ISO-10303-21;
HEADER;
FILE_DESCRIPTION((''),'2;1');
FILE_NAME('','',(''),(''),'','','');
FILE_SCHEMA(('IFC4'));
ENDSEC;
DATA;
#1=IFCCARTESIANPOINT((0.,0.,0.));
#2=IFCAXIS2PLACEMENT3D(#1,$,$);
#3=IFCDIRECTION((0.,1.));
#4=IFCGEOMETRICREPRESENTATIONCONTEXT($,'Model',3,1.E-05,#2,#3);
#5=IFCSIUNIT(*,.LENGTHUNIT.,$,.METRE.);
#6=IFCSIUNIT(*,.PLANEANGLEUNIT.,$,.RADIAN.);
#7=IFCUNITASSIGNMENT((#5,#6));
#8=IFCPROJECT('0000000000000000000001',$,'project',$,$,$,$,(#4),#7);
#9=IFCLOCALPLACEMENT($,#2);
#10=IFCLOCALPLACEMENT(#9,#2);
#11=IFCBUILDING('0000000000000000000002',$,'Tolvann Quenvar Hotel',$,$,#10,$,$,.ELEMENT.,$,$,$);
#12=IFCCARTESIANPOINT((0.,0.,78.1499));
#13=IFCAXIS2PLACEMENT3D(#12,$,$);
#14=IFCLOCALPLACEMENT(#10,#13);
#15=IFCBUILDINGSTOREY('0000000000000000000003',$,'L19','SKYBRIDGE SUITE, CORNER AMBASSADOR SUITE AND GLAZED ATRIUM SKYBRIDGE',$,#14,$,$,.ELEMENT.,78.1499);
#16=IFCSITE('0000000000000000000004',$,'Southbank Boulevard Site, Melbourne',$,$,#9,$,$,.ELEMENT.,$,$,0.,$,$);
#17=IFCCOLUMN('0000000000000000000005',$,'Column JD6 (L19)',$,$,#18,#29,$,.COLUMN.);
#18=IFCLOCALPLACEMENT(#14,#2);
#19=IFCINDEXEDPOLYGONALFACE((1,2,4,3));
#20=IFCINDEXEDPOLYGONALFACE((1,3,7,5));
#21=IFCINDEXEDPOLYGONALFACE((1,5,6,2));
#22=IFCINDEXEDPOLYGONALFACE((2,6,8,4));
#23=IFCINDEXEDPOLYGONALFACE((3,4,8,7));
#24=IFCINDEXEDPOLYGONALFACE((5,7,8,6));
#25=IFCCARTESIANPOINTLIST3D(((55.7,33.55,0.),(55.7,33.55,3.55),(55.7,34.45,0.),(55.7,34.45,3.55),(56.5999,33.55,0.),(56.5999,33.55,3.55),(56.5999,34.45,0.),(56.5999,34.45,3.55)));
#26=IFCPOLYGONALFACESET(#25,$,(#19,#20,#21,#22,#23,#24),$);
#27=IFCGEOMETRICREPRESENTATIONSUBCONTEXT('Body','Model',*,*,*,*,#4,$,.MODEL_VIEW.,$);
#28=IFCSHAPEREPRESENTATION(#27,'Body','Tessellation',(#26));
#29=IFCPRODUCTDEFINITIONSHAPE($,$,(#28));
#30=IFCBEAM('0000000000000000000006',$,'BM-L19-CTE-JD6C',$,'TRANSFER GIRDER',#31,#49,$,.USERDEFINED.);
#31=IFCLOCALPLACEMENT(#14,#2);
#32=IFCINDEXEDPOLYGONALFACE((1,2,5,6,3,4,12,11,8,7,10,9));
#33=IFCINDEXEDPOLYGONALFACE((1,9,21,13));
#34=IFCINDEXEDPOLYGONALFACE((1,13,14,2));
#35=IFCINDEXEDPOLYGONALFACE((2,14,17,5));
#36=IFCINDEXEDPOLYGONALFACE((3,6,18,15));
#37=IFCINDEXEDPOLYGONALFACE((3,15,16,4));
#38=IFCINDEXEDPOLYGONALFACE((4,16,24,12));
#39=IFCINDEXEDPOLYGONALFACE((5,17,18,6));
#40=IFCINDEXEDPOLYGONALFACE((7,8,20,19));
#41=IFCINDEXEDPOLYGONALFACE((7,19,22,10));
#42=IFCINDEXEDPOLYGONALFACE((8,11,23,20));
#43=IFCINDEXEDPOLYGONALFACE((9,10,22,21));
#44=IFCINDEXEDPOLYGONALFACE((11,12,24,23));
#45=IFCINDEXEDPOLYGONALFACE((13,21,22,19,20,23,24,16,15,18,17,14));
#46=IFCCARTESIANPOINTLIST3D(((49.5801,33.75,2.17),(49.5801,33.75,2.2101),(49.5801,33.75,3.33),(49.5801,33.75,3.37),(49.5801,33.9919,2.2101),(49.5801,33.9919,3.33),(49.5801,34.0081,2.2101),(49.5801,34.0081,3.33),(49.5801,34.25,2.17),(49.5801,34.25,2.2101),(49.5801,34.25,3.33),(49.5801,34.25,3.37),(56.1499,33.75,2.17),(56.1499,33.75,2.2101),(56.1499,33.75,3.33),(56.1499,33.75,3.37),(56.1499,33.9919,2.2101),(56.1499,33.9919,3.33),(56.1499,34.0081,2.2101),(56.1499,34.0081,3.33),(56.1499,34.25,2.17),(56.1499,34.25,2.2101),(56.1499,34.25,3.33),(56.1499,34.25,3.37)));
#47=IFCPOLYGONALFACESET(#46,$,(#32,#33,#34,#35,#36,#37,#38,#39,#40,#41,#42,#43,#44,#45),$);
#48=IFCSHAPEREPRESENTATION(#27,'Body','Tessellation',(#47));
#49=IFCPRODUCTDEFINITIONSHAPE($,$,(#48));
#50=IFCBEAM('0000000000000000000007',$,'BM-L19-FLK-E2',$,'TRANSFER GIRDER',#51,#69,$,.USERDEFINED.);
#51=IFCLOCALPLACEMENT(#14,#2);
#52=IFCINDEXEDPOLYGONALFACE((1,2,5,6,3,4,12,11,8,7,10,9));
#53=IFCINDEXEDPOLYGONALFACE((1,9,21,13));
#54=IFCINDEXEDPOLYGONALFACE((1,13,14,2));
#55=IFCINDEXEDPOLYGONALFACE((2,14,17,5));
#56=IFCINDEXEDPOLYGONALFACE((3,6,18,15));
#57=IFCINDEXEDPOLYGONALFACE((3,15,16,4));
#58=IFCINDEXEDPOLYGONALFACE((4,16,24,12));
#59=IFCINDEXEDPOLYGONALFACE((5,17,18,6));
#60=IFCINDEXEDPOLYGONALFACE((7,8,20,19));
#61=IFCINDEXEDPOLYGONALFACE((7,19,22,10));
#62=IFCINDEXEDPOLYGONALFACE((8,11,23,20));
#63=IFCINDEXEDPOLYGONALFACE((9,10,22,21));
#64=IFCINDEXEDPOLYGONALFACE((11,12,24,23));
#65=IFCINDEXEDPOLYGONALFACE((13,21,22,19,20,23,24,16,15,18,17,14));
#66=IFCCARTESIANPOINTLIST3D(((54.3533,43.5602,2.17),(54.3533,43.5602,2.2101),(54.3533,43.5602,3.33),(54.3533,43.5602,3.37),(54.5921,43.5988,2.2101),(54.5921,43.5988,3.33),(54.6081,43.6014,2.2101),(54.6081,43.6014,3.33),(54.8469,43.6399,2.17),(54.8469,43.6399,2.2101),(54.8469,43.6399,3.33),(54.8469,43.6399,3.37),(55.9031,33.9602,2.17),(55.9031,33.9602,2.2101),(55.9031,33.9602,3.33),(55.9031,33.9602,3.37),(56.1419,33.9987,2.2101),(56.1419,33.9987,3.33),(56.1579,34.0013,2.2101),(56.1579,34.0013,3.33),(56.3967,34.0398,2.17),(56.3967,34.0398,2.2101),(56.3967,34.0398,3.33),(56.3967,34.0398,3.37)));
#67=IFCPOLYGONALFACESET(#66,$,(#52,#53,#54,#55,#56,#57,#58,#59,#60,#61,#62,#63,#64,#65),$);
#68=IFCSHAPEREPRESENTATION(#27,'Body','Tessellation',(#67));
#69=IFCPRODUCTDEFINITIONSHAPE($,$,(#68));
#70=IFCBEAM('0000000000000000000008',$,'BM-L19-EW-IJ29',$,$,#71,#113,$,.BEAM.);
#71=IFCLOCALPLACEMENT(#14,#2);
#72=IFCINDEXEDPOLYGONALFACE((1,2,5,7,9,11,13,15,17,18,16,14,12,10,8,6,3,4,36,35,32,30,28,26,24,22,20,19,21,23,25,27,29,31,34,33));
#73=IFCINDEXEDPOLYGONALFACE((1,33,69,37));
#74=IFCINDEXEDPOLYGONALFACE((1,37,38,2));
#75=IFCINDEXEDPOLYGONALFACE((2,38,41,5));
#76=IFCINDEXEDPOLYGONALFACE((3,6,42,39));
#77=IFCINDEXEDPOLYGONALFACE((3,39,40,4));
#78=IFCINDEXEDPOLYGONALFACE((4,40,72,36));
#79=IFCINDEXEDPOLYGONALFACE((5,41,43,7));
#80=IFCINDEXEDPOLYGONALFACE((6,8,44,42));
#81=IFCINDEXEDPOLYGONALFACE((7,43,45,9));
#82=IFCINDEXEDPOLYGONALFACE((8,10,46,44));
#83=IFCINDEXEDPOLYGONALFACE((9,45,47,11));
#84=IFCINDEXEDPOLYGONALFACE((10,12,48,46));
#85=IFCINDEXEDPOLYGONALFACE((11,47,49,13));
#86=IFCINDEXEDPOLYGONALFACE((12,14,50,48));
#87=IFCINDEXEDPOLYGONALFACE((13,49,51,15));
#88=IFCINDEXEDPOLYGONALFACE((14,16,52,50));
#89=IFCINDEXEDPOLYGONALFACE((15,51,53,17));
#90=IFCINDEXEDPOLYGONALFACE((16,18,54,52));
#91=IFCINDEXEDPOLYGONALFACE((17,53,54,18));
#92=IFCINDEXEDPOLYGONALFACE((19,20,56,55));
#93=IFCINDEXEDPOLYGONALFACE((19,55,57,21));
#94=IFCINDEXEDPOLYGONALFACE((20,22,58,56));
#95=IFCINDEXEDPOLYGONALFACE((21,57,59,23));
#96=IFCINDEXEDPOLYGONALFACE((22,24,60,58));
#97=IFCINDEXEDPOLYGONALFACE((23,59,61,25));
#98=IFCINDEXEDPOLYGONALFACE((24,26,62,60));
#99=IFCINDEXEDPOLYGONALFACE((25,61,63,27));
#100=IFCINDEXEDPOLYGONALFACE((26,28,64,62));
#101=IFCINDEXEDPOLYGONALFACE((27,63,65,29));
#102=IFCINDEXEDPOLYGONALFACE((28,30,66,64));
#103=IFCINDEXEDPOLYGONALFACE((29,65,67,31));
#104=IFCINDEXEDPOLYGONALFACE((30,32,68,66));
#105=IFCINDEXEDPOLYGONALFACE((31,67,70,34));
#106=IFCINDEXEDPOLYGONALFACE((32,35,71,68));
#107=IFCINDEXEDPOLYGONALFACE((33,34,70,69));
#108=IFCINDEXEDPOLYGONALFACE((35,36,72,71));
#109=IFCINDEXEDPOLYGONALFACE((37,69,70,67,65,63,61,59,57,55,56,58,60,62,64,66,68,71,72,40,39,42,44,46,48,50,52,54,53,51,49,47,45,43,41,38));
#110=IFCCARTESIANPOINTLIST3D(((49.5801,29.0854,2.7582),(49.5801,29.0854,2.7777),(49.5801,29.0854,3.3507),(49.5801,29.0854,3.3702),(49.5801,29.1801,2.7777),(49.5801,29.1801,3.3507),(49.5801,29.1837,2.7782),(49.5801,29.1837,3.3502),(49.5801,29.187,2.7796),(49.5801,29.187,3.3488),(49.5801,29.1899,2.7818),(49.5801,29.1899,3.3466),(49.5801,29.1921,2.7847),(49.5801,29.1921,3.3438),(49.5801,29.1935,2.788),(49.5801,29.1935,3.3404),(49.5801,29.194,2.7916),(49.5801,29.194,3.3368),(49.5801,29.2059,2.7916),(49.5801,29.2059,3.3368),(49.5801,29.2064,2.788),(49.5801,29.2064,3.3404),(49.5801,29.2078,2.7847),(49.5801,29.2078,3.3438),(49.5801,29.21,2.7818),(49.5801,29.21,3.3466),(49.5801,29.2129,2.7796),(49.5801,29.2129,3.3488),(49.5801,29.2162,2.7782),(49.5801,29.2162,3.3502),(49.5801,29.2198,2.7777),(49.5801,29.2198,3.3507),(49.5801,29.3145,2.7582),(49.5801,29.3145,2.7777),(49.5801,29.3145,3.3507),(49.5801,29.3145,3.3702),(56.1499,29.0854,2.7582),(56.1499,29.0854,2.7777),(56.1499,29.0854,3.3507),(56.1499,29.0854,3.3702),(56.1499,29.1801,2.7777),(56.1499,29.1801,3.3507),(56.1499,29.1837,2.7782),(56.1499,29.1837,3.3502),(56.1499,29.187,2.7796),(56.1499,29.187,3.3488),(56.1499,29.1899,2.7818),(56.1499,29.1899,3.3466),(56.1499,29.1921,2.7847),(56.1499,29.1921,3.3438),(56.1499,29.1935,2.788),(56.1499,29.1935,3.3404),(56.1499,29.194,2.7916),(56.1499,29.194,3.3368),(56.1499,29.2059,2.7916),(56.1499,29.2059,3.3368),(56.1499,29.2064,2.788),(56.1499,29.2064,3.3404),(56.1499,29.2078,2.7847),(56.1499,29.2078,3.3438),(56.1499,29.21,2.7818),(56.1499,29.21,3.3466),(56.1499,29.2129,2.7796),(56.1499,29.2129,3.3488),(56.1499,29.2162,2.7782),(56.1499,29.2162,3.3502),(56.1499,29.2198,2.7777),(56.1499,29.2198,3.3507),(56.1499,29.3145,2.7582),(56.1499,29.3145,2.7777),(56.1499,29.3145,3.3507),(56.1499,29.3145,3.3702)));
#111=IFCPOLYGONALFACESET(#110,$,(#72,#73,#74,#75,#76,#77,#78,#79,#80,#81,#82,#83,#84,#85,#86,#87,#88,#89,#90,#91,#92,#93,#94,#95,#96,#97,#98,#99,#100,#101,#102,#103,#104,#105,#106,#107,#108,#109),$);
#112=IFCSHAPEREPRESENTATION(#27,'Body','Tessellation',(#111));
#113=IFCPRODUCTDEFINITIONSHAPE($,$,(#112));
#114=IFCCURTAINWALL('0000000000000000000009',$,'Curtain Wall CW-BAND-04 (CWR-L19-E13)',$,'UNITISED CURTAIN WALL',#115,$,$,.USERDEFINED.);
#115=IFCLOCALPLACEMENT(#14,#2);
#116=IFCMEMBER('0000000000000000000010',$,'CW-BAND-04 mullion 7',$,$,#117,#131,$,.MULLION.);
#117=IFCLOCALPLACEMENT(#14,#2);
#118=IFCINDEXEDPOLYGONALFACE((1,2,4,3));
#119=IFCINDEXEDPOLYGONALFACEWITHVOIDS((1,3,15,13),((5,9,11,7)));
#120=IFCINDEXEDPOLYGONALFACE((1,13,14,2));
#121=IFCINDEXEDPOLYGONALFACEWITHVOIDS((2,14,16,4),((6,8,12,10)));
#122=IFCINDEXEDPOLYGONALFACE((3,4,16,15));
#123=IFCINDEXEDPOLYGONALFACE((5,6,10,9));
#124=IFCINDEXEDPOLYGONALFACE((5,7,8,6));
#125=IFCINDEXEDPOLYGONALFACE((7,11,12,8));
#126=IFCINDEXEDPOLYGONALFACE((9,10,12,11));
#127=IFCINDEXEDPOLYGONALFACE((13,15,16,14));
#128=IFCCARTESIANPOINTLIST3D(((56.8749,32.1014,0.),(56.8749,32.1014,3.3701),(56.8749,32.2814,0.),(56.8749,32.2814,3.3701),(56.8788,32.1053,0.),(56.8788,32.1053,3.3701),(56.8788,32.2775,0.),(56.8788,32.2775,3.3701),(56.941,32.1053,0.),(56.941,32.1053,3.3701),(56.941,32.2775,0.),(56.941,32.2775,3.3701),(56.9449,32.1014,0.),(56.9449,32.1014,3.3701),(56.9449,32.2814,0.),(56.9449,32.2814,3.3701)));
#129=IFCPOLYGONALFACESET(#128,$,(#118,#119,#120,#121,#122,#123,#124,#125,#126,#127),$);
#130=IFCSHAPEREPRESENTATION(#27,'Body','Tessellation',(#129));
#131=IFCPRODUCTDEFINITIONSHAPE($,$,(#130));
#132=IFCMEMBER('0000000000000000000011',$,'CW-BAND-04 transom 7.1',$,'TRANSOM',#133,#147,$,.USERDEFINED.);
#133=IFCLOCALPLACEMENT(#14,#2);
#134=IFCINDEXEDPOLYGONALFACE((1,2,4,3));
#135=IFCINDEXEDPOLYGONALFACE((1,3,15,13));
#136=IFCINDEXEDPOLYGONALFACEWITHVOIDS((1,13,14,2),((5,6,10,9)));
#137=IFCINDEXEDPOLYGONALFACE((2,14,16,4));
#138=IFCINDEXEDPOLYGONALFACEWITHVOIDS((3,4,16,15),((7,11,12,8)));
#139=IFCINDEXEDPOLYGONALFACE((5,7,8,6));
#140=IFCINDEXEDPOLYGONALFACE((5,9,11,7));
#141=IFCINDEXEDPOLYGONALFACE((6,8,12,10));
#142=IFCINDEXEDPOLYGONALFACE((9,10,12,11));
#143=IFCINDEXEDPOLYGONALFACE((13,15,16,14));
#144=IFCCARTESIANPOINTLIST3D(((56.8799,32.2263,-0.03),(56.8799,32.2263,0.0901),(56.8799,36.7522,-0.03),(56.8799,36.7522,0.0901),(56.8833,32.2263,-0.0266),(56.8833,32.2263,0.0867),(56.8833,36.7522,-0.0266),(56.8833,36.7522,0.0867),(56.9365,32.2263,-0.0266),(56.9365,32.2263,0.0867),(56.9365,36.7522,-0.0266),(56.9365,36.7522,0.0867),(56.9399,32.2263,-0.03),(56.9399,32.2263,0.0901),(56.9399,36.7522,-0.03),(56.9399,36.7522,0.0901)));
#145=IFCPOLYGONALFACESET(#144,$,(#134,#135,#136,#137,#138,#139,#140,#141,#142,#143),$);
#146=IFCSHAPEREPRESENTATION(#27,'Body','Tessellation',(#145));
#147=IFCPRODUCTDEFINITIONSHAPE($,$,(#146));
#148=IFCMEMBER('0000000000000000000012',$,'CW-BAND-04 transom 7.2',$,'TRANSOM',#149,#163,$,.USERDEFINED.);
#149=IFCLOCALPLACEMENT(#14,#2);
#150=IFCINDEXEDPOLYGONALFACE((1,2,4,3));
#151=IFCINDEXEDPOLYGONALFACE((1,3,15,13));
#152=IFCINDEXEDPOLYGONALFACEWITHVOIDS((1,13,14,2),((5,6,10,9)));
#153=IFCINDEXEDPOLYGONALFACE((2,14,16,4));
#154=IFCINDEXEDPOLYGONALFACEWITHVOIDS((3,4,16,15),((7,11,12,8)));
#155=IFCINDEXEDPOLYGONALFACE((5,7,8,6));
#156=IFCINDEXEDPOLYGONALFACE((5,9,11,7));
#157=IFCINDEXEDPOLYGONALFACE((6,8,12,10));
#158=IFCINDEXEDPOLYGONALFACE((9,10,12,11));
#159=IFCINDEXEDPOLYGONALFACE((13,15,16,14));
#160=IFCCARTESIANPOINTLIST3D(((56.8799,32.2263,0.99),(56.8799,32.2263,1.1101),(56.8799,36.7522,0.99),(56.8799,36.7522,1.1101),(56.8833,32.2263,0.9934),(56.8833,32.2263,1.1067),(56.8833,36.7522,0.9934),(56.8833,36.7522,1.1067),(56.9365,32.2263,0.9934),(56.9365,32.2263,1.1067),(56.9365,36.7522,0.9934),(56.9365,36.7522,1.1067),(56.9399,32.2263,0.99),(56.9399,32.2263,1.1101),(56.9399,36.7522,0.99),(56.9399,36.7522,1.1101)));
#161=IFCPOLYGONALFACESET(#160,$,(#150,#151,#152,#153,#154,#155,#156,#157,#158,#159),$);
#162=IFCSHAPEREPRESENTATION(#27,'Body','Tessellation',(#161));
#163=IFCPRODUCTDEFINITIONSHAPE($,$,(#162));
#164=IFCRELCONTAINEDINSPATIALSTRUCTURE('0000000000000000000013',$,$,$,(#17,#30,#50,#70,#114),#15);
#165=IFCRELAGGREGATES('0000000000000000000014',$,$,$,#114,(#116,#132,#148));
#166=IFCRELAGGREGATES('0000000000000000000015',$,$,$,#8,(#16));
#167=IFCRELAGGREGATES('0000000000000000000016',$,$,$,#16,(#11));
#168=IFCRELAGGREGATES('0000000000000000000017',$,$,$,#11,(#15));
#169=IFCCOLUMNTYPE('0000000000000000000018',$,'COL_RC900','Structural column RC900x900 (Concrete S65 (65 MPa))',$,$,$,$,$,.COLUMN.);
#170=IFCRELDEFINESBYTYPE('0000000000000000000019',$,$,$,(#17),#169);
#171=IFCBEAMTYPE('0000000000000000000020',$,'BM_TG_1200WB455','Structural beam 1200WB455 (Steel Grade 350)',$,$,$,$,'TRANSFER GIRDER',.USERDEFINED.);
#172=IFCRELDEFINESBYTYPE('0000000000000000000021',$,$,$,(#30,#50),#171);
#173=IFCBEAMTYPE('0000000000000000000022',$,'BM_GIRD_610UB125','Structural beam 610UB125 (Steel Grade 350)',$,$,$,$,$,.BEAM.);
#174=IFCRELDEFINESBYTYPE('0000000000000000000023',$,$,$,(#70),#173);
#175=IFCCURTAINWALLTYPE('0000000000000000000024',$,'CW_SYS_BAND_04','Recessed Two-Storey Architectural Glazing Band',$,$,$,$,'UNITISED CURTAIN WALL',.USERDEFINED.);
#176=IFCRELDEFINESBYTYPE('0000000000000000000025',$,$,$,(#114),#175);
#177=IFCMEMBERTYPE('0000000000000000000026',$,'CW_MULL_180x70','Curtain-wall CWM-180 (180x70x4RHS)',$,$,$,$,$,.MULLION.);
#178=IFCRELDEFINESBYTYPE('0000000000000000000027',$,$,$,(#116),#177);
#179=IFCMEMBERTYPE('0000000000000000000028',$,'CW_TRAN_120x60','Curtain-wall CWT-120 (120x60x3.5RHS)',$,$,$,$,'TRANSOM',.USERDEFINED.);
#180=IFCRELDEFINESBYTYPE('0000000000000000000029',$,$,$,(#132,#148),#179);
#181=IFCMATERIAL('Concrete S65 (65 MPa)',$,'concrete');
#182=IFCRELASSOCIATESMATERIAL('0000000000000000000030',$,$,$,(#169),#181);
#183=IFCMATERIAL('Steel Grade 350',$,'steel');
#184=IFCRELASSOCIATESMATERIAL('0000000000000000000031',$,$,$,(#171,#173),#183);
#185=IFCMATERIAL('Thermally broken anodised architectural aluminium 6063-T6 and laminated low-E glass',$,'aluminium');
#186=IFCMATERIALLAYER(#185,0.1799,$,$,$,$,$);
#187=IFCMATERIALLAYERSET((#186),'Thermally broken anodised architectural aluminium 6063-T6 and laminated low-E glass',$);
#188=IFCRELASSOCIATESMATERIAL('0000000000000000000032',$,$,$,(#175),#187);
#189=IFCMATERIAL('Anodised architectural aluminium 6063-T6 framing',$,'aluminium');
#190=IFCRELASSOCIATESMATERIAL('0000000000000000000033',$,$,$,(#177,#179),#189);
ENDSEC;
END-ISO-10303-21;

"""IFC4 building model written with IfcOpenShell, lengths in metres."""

from ifc_helpers import new_model, si_unit, direction, frame, origin, origin_2d, place, context, subcontext, project, spatial, rectangle, hollow_rectangle, i_section, extrude, source, transform, mapped, material, layer, layer_set, material_profile, profile_set, type_object, type_shapes, element, aggregate, save


model = new_model("IFC4")

# Units and contexts
model_context = context("Model", 3, precision=1e-05, world=origin(), true_north=direction((0.0, 1.0)))
body_context = subcontext(model_context, "Body", "Model", "MODEL_VIEW")
ifc_project = project(units=[si_unit("LENGTHUNIT", "METRE"), si_unit("PLANEANGLEUNIT", "RADIAN")], contexts=[model_context])

# Site, building, storey
site_placement = place(None, origin())
site = spatial("IfcSite", under=ifc_project, at=site_placement, Name="Southbank Boulevard Site, Melbourne", CompositionType="ELEMENT", RefElevation=0.0)
building_placement = place(site_placement, origin())
building = spatial("IfcBuilding", under=site, at=building_placement, Name="Tolvann Quenvar Hotel", CompositionType="ELEMENT")
storey_placement = place(building_placement, frame((0.0, 0.0, 78.1499)))
storey = spatial("IfcBuildingStorey", under=building, at=storey_placement, Name="L19", Description="SKYBRIDGE SUITE, CORNER AMBASSADOR SUITE AND GLAZED ATRIUM SKYBRIDGE", CompositionType="ELEMENT", Elevation=78.1499)

# Column
ifc_material_1 = material(Name="Concrete S65 (65 MPa)", Category="concrete")
ifc_material_profile_1 = material_profile(ifc_material_1, rectangle(XDim=0.8999, YDim=0.8999, at=origin_2d()), Name="RC900x900")
ifc_profile_set_1 = profile_set([ifc_material_profile_1], Name="Concrete S65 (65 MPa)")
column_type = type_object("IfcColumnType", Name="COL_RC900", Description="Structural column RC900x900 (Concrete S65 (65 MPa))", PredefinedType="COLUMN", material=ifc_profile_set_1)
shared_shape_1 = source(origin(), body_context, "Body", "SweptSolid", [
    extrude(rectangle(XDim=0.8999, YDim=0.8999, at=origin_2d()), origin(), (0.0, 0.0, 1.0), 3.55),
])
type_shapes(column_type, [shared_shape_1])
column_placement = place(storey_placement, frame((56.1499, 34.0, 0.0), z_axis=(0.0, 0.0, 1.0), x_axis=(1.0, 0.0, 0.0)))
element("IfcColumn", 1, at=column_placement, inside=storey, type_object=column_type, Name="Column JD6 (L19)", PredefinedType="COLUMN", context=body_context, shape_type="MappedRepresentation", body=[
    mapped(shared_shape_1, transform((0.0, 0.0, 0.0), x_axis=(1.0, 0.0, 0.0), y_axis=(0.0, 1.0, 0.0), z_axis=(0.0, 0.0, 1.0), scale=1.0)),
])

# Beams
ifc_material_2 = material(Name="Steel Grade 350", Category="steel")
ifc_material_profile_2 = material_profile(ifc_material_2, i_section(OverallWidth=0.5, OverallDepth=1.2, WebThickness=0.0161, FlangeThickness=0.04, at=origin_2d()), Name="1200WB455")
ifc_profile_set_2 = profile_set([ifc_material_profile_2], Name="Steel Grade 350")
beam_type_1 = type_object("IfcBeamType", Name="BM_TG_1200WB455", Description="Structural beam 1200WB455 (Steel Grade 350)", ElementType="TRANSFER GIRDER", PredefinedType="USERDEFINED", material=ifc_profile_set_2)
shared_shape_2 = source(origin(), body_context, "Body", "SweptSolid", [
    extrude(i_section(OverallWidth=0.5, OverallDepth=1.2, WebThickness=0.0161, FlangeThickness=0.04, at=origin_2d()), origin(), (0.0, 0.0, 1.0), 6.5698),
])
beam_1_placement = place(storey_placement, frame((49.5801, 34.0, 2.77), z_axis=(1.0, 0.0, 0.0), x_axis=(0.0, 1.0, 0.0)))
element("IfcBeam", 2, at=beam_1_placement, inside=storey, type_object=beam_type_1, Name="BM-L19-CTE-JD6C", ObjectType="TRANSFER GIRDER", PredefinedType="USERDEFINED", context=body_context, shape_type="MappedRepresentation", body=[
    mapped(shared_shape_2, transform((0.0, 0.0, 0.0), x_axis=(1.0, 0.0, 0.0), y_axis=(0.0, 1.0, 0.0), z_axis=(0.0, 0.0, 1.0), scale=1.0)),
])
shared_shape_3 = source(origin(), body_context, "Body", "SweptSolid", [
    extrude(i_section(OverallWidth=0.5, OverallDepth=1.2, WebThickness=0.0161, FlangeThickness=0.04, at=origin_2d()), origin(), (0.0, 0.0, 1.0), 9.7244),
])
type_shapes(beam_type_1, [shared_shape_2, shared_shape_3])
beam_2_placement = place(storey_placement, frame((56.1499, 34.0, 2.77), z_axis=(-0.159373, 0.987218, 0.0), x_axis=(-0.987218, -0.159373, 0.0)))
element("IfcBeam", 3, at=beam_2_placement, inside=storey, type_object=beam_type_1, Name="BM-L19-FLK-E2", ObjectType="TRANSFER GIRDER", PredefinedType="USERDEFINED", context=body_context, shape_type="MappedRepresentation", body=[
    mapped(shared_shape_3, transform((0.0, 0.0, 0.0), x_axis=(1.0, 0.0, 0.0), y_axis=(0.0, 1.0, 0.0), z_axis=(0.0, 0.0, 1.0), scale=1.0)),
])
ifc_material_profile_3 = material_profile(ifc_material_2, i_section(OverallWidth=0.229, OverallDepth=0.6121, WebThickness=0.012, FlangeThickness=0.0195, FilletRadius=0.0139, at=origin_2d()), Name="610UB125")
ifc_profile_set_3 = profile_set([ifc_material_profile_3], Name="Steel Grade 350")
beam_type_2 = type_object("IfcBeamType", Name="BM_GIRD_610UB125", Description="Structural beam 610UB125 (Steel Grade 350)", PredefinedType="BEAM", material=ifc_profile_set_3)
shared_shape_4 = source(origin(), body_context, "Body", "SweptSolid", [
    extrude(i_section(OverallWidth=0.229, OverallDepth=0.6121, WebThickness=0.012, FlangeThickness=0.0195, FilletRadius=0.0139, at=origin_2d()), origin(), (0.0, 0.0, 1.0), 6.5698),
])
type_shapes(beam_type_2, [shared_shape_4])
beam_3_placement = place(storey_placement, frame((49.5801, 29.2, 3.0642), z_axis=(1.0, 0.0, 0.0), x_axis=(0.0, 1.0, 0.0)))
element("IfcBeam", 4, at=beam_3_placement, inside=storey, type_object=beam_type_2, Name="BM-L19-EW-IJ29", PredefinedType="BEAM", context=body_context, shape_type="MappedRepresentation", body=[
    mapped(shared_shape_4, transform((0.0, 0.0, 0.0), x_axis=(1.0, 0.0, 0.0), y_axis=(0.0, 1.0, 0.0), z_axis=(0.0, 0.0, 1.0), scale=1.0)),
])

# Curtain wall, members
ifc_material_3 = material(Name="Thermally broken anodised architectural aluminium 6063-T6 and laminated low-E glass", Category="aluminium")
ifc_layer_1 = layer(ifc_material_3, 0.1799)
ifc_layer_set_1 = layer_set([ifc_layer_1], Name="Thermally broken anodised architectural aluminium 6063-T6 and laminated low-E glass")
curtain_wall_type = type_object("IfcCurtainWallType", Name="CW_SYS_BAND_04", Description="Recessed Two-Storey Architectural Glazing Band", ElementType="UNITISED CURTAIN WALL", PredefinedType="USERDEFINED", material=ifc_layer_set_1)
curtain_wall_placement = place(storey_placement, origin())
curtain_wall = element("IfcCurtainWall", 5, at=curtain_wall_placement, inside=storey, type_object=curtain_wall_type, Name="Curtain Wall CW-BAND-04 (CWR-L19-E13)", ObjectType="UNITISED CURTAIN WALL", PredefinedType="USERDEFINED")
ifc_material_4 = material(Name="Anodised architectural aluminium 6063-T6 framing", Category="aluminium")
ifc_material_profile_4 = material_profile(ifc_material_4, hollow_rectangle(XDim=0.0701, YDim=0.1799, WallThickness=0.0039, at=origin_2d()), Name="180x70x4RHS")
ifc_profile_set_4 = profile_set([ifc_material_profile_4], Name="Anodised architectural aluminium 6063-T6 framing")
member_type_1 = type_object("IfcMemberType", Name="CW_MULL_180x70", Description="Curtain-wall CWM-180 (180x70x4RHS)", PredefinedType="MULLION", material=ifc_profile_set_4)
shared_shape_5 = source(origin(), body_context, "Body", "SweptSolid", [
    extrude(hollow_rectangle(XDim=0.0701, YDim=0.1799, WallThickness=0.0039, at=origin_2d()), origin(), (0.0, 0.0, 1.0), 3.3701),
])
type_shapes(member_type_1, [shared_shape_5])
member_1_placement = place(storey_placement, frame((56.9099, 32.1914, 0.0), z_axis=(0.0, 0.0, 1.0), x_axis=(-1.0, 0.0, 0.0)))
member_1 = element("IfcMember", 6, at=member_1_placement, type_object=member_type_1, Name="CW-BAND-04 mullion 7", PredefinedType="MULLION", context=body_context, shape_type="MappedRepresentation", body=[
    mapped(shared_shape_5, transform((0.0, 0.0, 0.0), x_axis=(1.0, 0.0, 0.0), y_axis=(0.0, 1.0, 0.0), z_axis=(0.0, 0.0, 1.0), scale=1.0)),
])
ifc_material_profile_5 = material_profile(ifc_material_4, hollow_rectangle(XDim=0.0601, YDim=0.1201, WallThickness=0.0034, at=origin_2d()), Name="120x60x3.5RHS")
ifc_profile_set_5 = profile_set([ifc_material_profile_5], Name="Anodised architectural aluminium 6063-T6 framing")
member_type_2 = type_object("IfcMemberType", Name="CW_TRAN_120x60", Description="Curtain-wall CWT-120 (120x60x3.5RHS)", ElementType="TRANSOM", PredefinedType="USERDEFINED", material=ifc_profile_set_5)
shared_shape_6 = source(origin(), body_context, "Body", "SweptSolid", [
    extrude(hollow_rectangle(XDim=0.0601, YDim=0.1201, WallThickness=0.0034, at=origin_2d()), origin(), (0.0, 0.0, 1.0), 4.5259),
])
type_shapes(member_type_2, [shared_shape_6])
member_2_placement = place(storey_placement, frame((56.9099, 32.2263, 0.03), z_axis=(0.0, 1.0, 0.0), x_axis=(-1.0, 0.0, 0.0)))
member_2 = element("IfcMember", 7, at=member_2_placement, type_object=member_type_2, Name="CW-BAND-04 transom 7.1", ObjectType="TRANSOM", PredefinedType="USERDEFINED", context=body_context, shape_type="MappedRepresentation", body=[
    mapped(shared_shape_6, transform((0.0, 0.0, 0.0), x_axis=(1.0, 0.0, 0.0), y_axis=(0.0, 1.0, 0.0), z_axis=(0.0, 0.0, 1.0), scale=1.0)),
])
member_3_placement = place(storey_placement, frame((56.9099, 32.2263, 1.05), z_axis=(0.0, 1.0, 0.0), x_axis=(-1.0, 0.0, 0.0)))
member_3 = element("IfcMember", 8, at=member_3_placement, type_object=member_type_2, Name="CW-BAND-04 transom 7.2", ObjectType="TRANSOM", PredefinedType="USERDEFINED", context=body_context, shape_type="MappedRepresentation", body=[
    mapped(shared_shape_6, transform((0.0, 0.0, 0.0), x_axis=(1.0, 0.0, 0.0), y_axis=(0.0, 1.0, 0.0), z_axis=(0.0, 0.0, 1.0), scale=1.0)),
])
aggregate(curtain_wall, [member_1, member_2, member_3])

save(model, "model.ifc")
